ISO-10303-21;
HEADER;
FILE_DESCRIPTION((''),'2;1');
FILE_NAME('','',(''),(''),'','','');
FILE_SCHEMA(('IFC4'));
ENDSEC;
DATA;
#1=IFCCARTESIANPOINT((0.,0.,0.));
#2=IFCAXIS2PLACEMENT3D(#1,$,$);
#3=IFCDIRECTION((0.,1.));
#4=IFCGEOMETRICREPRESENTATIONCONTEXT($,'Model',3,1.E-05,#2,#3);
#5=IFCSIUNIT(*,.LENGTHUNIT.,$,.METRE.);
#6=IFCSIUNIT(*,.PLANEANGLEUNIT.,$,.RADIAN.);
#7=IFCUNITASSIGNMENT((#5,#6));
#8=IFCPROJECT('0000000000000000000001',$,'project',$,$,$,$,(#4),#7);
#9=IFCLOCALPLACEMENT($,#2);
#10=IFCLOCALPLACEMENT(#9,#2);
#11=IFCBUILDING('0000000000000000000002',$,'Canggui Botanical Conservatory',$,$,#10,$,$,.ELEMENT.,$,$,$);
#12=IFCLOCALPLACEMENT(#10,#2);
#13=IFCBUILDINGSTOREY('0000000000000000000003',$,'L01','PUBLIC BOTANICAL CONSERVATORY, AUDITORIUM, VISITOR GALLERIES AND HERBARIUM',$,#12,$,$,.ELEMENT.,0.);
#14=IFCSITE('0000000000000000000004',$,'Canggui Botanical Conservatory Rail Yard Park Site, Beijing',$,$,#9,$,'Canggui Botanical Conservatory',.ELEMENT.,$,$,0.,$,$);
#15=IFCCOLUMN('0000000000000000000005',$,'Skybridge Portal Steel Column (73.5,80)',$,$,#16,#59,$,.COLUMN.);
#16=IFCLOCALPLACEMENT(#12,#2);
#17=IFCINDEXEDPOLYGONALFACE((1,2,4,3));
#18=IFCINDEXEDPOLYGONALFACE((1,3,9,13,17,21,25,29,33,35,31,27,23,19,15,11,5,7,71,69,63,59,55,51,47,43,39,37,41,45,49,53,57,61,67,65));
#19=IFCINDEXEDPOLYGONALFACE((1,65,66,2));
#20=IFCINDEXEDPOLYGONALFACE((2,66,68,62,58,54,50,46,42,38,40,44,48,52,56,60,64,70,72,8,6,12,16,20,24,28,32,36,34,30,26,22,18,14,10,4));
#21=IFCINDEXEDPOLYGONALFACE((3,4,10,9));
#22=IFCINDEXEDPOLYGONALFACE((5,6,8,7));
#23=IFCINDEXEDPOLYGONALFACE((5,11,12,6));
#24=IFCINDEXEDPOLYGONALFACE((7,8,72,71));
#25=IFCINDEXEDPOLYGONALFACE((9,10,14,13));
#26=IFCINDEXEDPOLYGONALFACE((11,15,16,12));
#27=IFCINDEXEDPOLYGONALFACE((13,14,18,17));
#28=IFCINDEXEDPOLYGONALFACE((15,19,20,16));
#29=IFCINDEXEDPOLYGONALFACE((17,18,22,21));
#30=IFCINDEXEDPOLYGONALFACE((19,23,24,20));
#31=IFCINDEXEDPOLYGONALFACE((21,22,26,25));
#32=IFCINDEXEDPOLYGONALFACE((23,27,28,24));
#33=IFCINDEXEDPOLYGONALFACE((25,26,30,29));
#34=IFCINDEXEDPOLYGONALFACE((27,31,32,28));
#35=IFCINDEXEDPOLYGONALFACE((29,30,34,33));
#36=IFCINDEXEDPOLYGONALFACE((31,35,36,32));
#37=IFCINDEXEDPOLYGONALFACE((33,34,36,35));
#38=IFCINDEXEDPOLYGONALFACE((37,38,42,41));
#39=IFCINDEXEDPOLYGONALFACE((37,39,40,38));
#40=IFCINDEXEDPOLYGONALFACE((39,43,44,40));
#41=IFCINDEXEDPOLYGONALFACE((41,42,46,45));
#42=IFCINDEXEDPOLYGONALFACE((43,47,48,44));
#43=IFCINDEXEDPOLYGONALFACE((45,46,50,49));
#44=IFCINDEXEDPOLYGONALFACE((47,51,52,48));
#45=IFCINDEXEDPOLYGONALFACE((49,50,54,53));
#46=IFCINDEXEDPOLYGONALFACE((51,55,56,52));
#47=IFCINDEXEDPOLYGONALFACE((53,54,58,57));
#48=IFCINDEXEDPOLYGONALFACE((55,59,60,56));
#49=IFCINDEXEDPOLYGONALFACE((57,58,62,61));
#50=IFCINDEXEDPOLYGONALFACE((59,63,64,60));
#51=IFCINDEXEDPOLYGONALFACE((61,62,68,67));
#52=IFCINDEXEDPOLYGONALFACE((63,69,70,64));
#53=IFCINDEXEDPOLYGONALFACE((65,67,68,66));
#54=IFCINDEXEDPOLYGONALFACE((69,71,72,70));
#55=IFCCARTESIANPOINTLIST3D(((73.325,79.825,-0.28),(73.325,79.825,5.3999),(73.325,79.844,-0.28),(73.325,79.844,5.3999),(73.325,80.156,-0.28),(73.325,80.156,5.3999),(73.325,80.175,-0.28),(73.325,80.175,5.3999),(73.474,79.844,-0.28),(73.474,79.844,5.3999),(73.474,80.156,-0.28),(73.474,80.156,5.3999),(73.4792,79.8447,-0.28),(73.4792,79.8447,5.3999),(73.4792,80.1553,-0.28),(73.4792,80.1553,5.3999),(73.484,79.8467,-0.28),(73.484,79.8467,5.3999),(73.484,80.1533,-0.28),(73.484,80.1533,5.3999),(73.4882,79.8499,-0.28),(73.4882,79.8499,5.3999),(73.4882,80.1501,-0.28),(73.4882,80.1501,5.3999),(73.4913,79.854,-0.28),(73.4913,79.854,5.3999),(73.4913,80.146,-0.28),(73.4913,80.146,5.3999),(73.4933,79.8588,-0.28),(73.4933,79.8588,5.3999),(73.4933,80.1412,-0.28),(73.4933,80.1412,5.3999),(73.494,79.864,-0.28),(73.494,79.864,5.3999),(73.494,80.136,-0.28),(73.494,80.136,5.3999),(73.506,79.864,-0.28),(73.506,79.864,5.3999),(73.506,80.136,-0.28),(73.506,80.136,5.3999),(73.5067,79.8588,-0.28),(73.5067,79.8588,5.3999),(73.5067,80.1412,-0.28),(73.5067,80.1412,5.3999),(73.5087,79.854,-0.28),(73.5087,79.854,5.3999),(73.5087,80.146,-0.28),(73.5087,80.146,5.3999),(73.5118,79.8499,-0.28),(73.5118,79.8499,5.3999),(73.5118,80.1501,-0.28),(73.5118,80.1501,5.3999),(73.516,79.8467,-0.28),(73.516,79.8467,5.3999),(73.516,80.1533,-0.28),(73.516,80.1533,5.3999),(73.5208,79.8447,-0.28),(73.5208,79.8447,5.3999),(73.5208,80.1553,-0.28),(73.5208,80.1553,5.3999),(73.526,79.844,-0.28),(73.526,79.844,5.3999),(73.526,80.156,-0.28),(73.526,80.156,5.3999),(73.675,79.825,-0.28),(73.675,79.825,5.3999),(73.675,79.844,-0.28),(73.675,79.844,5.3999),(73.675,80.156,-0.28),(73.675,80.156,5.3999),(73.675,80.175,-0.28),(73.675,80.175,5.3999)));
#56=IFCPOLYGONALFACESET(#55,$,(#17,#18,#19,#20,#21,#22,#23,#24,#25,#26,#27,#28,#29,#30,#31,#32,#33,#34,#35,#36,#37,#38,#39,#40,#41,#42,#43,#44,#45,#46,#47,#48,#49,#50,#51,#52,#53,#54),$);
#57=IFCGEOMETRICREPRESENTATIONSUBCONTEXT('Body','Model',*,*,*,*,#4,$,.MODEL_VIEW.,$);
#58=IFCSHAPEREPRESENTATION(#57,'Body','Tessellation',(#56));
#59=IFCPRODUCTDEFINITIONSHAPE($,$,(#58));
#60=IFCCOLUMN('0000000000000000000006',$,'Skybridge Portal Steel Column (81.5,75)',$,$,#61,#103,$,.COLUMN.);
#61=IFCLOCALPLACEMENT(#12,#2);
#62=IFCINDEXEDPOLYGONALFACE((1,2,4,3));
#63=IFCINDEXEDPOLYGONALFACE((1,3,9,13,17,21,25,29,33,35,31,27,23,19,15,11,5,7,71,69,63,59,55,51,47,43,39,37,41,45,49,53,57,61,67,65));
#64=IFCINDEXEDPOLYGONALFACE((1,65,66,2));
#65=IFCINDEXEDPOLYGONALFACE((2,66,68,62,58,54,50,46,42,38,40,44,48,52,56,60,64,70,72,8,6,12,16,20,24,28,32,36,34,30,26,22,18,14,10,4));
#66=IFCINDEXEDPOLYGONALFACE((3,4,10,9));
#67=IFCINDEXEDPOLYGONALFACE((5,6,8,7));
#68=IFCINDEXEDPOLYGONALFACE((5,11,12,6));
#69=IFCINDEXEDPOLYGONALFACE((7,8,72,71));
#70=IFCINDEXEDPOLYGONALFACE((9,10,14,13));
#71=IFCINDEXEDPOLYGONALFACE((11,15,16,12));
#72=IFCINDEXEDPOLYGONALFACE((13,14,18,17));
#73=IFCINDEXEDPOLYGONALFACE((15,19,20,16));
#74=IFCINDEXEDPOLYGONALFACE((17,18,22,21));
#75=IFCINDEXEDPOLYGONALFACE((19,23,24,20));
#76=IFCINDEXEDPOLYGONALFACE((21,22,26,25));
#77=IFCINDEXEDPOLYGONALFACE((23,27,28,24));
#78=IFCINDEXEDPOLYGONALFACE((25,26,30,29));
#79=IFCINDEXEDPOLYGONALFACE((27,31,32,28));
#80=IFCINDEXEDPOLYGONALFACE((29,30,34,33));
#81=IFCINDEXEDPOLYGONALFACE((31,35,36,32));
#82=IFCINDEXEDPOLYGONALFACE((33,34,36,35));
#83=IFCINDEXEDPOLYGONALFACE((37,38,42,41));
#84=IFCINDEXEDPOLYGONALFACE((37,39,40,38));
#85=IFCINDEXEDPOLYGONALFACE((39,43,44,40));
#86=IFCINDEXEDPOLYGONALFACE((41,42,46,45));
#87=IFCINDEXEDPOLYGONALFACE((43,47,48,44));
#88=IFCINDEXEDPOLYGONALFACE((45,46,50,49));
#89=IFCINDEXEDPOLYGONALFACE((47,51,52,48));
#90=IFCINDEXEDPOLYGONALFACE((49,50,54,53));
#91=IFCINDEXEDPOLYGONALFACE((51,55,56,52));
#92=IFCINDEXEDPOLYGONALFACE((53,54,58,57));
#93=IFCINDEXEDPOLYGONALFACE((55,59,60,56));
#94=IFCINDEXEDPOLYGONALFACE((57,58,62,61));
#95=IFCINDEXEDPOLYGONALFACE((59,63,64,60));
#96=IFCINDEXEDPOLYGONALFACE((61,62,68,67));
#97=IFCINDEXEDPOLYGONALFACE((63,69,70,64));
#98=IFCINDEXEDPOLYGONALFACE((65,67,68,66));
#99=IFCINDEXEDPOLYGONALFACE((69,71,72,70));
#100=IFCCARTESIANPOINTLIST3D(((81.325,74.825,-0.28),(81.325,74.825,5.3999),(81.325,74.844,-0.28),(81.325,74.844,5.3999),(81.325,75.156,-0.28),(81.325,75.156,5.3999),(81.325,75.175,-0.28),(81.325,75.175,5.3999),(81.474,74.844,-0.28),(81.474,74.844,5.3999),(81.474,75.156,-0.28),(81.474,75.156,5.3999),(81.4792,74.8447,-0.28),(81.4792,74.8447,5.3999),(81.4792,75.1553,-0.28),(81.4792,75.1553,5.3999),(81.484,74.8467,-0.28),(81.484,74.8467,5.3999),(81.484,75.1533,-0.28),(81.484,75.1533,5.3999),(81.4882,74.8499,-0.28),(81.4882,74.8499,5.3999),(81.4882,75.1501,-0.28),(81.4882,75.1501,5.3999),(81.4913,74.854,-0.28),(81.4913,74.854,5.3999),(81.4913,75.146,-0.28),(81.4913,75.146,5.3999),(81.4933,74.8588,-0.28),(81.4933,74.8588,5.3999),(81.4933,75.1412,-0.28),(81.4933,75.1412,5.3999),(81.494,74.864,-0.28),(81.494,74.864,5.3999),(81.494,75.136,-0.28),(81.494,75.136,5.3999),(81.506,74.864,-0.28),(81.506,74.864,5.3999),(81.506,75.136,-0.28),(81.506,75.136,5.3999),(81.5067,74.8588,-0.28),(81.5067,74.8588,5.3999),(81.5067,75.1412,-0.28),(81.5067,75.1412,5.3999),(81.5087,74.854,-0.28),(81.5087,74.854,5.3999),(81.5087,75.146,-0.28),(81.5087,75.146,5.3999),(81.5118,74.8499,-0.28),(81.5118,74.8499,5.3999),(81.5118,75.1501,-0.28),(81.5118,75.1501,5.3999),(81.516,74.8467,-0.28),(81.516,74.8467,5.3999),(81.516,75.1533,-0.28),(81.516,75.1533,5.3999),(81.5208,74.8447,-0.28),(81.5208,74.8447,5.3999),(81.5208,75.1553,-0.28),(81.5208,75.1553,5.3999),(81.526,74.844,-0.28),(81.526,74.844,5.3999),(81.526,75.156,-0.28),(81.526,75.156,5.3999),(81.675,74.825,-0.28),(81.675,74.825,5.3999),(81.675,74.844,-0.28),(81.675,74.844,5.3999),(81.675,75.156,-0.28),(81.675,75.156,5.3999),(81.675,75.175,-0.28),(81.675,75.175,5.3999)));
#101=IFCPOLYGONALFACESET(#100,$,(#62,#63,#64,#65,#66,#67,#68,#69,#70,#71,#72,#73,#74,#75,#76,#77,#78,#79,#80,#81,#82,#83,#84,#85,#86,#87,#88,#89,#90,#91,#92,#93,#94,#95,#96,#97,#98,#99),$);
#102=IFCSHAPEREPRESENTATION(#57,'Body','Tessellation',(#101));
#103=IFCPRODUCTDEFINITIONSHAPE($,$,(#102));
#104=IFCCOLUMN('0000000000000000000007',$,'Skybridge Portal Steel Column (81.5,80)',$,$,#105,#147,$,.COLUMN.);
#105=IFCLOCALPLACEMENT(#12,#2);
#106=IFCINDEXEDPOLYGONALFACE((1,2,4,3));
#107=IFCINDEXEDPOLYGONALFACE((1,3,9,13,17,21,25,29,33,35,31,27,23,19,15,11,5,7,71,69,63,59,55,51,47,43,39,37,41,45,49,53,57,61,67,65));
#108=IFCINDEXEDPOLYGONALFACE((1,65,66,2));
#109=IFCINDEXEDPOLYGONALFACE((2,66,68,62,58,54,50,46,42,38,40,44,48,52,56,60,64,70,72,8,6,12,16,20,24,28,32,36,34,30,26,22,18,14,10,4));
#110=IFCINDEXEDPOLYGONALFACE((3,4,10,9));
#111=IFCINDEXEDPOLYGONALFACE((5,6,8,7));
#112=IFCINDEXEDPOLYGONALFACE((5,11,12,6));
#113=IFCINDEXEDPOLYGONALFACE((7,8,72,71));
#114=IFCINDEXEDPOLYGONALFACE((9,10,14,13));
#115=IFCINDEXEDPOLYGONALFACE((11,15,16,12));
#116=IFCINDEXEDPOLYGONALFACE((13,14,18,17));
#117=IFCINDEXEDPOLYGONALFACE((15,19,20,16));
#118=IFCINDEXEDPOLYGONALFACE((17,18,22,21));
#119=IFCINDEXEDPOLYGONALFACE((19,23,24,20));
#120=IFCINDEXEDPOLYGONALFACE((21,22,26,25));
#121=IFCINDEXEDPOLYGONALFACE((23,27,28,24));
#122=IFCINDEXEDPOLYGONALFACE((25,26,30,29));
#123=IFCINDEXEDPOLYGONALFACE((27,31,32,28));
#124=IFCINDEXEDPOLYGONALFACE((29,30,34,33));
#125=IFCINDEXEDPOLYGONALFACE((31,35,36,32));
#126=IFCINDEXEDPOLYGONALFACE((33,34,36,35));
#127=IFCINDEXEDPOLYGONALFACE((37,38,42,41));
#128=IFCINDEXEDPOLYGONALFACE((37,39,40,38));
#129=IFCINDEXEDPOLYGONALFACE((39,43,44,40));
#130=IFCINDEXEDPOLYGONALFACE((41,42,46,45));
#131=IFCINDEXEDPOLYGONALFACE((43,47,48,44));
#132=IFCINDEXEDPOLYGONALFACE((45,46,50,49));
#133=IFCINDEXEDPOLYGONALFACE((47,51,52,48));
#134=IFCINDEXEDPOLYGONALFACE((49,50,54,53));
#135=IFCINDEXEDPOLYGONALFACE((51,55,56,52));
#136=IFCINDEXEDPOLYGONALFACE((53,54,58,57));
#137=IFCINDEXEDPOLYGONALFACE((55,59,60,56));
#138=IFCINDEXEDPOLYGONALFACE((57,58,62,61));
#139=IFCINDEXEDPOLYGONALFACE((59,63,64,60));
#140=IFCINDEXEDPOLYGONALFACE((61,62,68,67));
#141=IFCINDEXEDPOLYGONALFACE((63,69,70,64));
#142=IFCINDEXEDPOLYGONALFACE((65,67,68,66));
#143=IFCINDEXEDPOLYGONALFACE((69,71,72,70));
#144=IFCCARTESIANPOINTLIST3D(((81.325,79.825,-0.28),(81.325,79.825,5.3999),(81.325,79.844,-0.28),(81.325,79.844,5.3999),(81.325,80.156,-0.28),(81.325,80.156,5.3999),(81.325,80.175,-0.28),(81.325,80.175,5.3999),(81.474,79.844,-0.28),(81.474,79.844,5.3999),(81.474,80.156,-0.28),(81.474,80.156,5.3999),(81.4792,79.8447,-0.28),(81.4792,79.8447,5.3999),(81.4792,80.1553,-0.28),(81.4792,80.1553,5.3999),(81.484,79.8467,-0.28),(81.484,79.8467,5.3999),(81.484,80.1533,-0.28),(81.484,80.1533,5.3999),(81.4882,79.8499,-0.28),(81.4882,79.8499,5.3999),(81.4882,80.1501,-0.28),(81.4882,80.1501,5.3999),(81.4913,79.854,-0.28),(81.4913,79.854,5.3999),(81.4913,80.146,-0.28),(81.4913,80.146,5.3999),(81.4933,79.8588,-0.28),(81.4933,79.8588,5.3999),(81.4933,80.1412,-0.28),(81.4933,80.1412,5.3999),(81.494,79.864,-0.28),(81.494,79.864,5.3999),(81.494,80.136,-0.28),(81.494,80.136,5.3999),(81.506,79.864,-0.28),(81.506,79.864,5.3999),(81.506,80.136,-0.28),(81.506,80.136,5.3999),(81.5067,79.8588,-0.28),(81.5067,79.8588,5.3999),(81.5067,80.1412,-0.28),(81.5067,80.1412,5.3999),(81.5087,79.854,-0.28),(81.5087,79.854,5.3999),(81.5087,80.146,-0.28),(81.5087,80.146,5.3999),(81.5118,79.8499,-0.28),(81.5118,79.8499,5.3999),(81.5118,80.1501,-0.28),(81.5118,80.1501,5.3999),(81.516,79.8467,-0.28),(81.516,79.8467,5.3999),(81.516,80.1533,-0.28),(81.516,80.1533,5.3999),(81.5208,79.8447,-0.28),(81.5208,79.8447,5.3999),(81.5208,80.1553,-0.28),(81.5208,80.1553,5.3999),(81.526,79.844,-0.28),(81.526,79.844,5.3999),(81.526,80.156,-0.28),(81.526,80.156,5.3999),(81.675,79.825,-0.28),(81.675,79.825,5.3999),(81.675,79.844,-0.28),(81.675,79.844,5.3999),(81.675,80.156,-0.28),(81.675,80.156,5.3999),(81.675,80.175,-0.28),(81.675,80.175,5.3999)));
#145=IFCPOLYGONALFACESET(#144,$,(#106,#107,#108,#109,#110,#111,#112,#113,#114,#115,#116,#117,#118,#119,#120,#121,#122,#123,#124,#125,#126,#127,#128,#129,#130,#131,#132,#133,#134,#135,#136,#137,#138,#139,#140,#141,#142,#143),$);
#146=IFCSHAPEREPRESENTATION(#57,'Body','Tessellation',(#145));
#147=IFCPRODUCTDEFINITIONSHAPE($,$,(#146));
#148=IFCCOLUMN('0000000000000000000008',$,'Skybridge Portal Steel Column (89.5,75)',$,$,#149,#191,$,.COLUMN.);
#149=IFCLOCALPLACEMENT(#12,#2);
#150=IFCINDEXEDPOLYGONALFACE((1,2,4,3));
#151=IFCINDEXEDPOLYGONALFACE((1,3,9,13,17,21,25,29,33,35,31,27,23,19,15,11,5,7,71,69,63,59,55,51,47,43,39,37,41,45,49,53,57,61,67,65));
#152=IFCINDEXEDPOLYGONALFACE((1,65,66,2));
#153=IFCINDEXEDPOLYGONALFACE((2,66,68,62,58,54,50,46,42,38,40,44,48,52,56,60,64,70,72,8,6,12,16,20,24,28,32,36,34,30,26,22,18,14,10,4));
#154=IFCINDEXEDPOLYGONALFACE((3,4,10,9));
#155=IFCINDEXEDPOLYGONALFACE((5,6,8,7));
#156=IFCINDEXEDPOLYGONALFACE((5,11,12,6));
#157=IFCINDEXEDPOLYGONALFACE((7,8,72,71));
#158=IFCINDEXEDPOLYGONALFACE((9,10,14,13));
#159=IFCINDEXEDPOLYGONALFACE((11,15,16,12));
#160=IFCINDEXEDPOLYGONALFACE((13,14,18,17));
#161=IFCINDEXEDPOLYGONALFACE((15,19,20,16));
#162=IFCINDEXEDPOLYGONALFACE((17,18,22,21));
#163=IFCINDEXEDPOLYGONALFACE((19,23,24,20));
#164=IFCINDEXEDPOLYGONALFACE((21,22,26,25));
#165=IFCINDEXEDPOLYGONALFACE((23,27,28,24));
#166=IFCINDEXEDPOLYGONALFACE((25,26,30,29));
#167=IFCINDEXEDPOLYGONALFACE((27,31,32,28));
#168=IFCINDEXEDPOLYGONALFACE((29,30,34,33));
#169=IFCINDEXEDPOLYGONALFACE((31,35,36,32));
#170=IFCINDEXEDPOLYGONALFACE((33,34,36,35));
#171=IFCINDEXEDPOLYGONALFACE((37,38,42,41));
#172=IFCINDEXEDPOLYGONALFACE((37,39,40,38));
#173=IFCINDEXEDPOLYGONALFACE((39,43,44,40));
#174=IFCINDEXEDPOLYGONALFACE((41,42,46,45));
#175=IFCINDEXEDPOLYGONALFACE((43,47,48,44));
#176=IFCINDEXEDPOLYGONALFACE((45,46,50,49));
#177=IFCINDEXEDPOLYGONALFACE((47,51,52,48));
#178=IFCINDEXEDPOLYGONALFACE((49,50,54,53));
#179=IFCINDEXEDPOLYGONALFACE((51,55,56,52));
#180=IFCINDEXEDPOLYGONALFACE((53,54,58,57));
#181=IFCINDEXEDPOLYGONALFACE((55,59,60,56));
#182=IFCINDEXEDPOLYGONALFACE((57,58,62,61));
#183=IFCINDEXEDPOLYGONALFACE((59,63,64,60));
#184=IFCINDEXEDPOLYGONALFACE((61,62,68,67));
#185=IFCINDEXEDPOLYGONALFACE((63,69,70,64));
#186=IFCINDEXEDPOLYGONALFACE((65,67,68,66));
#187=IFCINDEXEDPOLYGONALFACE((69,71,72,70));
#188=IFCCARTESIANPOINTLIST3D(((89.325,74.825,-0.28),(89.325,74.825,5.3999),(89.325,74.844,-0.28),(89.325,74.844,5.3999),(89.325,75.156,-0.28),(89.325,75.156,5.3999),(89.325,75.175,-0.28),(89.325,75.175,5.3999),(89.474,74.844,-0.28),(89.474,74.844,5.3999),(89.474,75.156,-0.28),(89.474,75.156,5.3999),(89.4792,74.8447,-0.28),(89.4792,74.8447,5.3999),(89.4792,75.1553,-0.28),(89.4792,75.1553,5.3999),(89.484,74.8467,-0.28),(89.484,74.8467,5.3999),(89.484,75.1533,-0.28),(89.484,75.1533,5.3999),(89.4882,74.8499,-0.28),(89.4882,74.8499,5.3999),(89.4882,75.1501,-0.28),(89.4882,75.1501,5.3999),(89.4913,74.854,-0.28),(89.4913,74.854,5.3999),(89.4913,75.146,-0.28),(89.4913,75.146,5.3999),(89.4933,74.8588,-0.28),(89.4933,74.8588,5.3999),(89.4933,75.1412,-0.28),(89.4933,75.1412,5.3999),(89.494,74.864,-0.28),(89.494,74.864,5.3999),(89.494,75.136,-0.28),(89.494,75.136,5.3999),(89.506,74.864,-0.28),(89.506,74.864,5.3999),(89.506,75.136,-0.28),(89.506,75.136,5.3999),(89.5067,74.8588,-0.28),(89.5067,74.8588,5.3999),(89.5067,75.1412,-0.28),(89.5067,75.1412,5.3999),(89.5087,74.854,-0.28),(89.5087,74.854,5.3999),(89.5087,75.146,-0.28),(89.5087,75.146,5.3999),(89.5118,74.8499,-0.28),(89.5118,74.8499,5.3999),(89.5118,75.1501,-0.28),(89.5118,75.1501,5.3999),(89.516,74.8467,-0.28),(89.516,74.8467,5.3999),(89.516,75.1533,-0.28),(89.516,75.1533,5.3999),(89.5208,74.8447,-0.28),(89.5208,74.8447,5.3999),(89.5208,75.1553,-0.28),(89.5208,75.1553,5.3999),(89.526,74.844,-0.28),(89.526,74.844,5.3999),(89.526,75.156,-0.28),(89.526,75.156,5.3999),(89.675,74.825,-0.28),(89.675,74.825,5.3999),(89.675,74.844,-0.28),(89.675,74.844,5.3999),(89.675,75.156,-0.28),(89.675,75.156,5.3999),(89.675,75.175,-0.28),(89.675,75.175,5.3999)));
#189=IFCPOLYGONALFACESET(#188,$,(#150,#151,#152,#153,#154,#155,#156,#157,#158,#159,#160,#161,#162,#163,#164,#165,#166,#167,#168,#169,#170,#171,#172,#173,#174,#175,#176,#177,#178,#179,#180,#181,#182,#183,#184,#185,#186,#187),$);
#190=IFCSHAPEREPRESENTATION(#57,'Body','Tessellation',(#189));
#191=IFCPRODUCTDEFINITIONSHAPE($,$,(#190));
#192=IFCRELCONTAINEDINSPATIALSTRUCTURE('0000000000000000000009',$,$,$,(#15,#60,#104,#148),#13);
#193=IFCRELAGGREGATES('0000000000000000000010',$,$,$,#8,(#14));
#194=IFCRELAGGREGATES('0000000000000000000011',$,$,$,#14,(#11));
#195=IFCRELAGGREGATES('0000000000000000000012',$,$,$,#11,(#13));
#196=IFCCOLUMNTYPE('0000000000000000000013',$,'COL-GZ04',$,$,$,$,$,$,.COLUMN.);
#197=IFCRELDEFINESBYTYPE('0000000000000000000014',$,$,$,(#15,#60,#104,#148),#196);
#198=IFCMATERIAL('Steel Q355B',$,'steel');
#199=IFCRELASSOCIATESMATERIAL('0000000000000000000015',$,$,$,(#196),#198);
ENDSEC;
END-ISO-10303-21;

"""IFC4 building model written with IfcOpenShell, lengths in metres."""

from ifc_helpers import new_model, si_unit, direction, frame, origin, origin_2d, place, context, subcontext, project, spatial, i_section, extrude, material, material_profile, profile_set, type_object, element, save


model = new_model("IFC4")

# Units and contexts
model_context = context("Model", 3, precision=1e-05, world=origin(), true_north=direction((0.0, 1.0)))
body_context = subcontext(model_context, "Body", "Model", "MODEL_VIEW")
ifc_project = project(units=[si_unit("LENGTHUNIT", "METRE"), si_unit("PLANEANGLEUNIT", "RADIAN")], contexts=[model_context])

# Site, building, storey
site_placement = place(None, origin())
site = spatial("IfcSite", under=ifc_project, at=site_placement, Name="Canggui Botanical Conservatory Rail Yard Park Site, Beijing", LongName="Canggui Botanical Conservatory", CompositionType="ELEMENT", RefElevation=0.0)
building_placement = place(site_placement, origin())
building = spatial("IfcBuilding", under=site, at=building_placement, Name="Canggui Botanical Conservatory", CompositionType="ELEMENT")
storey_placement = place(building_placement, origin())
storey = spatial("IfcBuildingStorey", under=building, at=storey_placement, Name="L01", Description="PUBLIC BOTANICAL CONSERVATORY, AUDITORIUM, VISITOR GALLERIES AND HERBARIUM", CompositionType="ELEMENT", Elevation=0.0)

# Columns
ifc_material_1 = material(Name="Steel Q355B", Category="steel")
ifc_material_profile_1 = material_profile(ifc_material_1, i_section(OverallWidth=0.3501, OverallDepth=0.3501, WebThickness=0.012, FlangeThickness=0.019, FilletRadius=0.02, at=origin_2d()), Name="HW 350x350x12x19")
ifc_profile_set_1 = profile_set([ifc_material_profile_1], Name="Steel Q355B")
column_type = type_object("IfcColumnType", Name="COL-GZ04", PredefinedType="COLUMN", material=ifc_profile_set_1)
for number, where, z_axis, x_axis, name in (
    (1, (73.5, 80.0, -0.28), (0.0, 0.0, 1.0), (1.0, 0.0, 0.0), "Skybridge Portal Steel Column (73.5,80)"),
    (2, (81.5, 75.0, -0.28), (0.0, 0.0, 1.0), (1.0, 0.0, 0.0), "Skybridge Portal Steel Column (81.5,75)"),
    (3, (81.5, 80.0, -0.28), (0.0, 0.0, 1.0), (1.0, 0.0, 0.0), "Skybridge Portal Steel Column (81.5,80)"),
    (4, (89.5, 75.0, -0.28), (0.0, 0.0, 1.0), (1.0, 0.0, 0.0), "Skybridge Portal Steel Column (89.5,75)"),
):
    element("IfcColumn", number, at=place(storey_placement, frame(where, z_axis=z_axis, x_axis=x_axis)), inside=storey, type_object=column_type, Name=name, PredefinedType="COLUMN", context=body_context, shape_type="SweptSolid", body=[
        extrude(i_section(OverallWidth=0.3501, OverallDepth=0.3501, WebThickness=0.012, FlangeThickness=0.019, FilletRadius=0.02, at=origin_2d()), origin(), (0.0, 0.0, 1.0), 5.6799),
    ])

save(model, "model.ifc")
